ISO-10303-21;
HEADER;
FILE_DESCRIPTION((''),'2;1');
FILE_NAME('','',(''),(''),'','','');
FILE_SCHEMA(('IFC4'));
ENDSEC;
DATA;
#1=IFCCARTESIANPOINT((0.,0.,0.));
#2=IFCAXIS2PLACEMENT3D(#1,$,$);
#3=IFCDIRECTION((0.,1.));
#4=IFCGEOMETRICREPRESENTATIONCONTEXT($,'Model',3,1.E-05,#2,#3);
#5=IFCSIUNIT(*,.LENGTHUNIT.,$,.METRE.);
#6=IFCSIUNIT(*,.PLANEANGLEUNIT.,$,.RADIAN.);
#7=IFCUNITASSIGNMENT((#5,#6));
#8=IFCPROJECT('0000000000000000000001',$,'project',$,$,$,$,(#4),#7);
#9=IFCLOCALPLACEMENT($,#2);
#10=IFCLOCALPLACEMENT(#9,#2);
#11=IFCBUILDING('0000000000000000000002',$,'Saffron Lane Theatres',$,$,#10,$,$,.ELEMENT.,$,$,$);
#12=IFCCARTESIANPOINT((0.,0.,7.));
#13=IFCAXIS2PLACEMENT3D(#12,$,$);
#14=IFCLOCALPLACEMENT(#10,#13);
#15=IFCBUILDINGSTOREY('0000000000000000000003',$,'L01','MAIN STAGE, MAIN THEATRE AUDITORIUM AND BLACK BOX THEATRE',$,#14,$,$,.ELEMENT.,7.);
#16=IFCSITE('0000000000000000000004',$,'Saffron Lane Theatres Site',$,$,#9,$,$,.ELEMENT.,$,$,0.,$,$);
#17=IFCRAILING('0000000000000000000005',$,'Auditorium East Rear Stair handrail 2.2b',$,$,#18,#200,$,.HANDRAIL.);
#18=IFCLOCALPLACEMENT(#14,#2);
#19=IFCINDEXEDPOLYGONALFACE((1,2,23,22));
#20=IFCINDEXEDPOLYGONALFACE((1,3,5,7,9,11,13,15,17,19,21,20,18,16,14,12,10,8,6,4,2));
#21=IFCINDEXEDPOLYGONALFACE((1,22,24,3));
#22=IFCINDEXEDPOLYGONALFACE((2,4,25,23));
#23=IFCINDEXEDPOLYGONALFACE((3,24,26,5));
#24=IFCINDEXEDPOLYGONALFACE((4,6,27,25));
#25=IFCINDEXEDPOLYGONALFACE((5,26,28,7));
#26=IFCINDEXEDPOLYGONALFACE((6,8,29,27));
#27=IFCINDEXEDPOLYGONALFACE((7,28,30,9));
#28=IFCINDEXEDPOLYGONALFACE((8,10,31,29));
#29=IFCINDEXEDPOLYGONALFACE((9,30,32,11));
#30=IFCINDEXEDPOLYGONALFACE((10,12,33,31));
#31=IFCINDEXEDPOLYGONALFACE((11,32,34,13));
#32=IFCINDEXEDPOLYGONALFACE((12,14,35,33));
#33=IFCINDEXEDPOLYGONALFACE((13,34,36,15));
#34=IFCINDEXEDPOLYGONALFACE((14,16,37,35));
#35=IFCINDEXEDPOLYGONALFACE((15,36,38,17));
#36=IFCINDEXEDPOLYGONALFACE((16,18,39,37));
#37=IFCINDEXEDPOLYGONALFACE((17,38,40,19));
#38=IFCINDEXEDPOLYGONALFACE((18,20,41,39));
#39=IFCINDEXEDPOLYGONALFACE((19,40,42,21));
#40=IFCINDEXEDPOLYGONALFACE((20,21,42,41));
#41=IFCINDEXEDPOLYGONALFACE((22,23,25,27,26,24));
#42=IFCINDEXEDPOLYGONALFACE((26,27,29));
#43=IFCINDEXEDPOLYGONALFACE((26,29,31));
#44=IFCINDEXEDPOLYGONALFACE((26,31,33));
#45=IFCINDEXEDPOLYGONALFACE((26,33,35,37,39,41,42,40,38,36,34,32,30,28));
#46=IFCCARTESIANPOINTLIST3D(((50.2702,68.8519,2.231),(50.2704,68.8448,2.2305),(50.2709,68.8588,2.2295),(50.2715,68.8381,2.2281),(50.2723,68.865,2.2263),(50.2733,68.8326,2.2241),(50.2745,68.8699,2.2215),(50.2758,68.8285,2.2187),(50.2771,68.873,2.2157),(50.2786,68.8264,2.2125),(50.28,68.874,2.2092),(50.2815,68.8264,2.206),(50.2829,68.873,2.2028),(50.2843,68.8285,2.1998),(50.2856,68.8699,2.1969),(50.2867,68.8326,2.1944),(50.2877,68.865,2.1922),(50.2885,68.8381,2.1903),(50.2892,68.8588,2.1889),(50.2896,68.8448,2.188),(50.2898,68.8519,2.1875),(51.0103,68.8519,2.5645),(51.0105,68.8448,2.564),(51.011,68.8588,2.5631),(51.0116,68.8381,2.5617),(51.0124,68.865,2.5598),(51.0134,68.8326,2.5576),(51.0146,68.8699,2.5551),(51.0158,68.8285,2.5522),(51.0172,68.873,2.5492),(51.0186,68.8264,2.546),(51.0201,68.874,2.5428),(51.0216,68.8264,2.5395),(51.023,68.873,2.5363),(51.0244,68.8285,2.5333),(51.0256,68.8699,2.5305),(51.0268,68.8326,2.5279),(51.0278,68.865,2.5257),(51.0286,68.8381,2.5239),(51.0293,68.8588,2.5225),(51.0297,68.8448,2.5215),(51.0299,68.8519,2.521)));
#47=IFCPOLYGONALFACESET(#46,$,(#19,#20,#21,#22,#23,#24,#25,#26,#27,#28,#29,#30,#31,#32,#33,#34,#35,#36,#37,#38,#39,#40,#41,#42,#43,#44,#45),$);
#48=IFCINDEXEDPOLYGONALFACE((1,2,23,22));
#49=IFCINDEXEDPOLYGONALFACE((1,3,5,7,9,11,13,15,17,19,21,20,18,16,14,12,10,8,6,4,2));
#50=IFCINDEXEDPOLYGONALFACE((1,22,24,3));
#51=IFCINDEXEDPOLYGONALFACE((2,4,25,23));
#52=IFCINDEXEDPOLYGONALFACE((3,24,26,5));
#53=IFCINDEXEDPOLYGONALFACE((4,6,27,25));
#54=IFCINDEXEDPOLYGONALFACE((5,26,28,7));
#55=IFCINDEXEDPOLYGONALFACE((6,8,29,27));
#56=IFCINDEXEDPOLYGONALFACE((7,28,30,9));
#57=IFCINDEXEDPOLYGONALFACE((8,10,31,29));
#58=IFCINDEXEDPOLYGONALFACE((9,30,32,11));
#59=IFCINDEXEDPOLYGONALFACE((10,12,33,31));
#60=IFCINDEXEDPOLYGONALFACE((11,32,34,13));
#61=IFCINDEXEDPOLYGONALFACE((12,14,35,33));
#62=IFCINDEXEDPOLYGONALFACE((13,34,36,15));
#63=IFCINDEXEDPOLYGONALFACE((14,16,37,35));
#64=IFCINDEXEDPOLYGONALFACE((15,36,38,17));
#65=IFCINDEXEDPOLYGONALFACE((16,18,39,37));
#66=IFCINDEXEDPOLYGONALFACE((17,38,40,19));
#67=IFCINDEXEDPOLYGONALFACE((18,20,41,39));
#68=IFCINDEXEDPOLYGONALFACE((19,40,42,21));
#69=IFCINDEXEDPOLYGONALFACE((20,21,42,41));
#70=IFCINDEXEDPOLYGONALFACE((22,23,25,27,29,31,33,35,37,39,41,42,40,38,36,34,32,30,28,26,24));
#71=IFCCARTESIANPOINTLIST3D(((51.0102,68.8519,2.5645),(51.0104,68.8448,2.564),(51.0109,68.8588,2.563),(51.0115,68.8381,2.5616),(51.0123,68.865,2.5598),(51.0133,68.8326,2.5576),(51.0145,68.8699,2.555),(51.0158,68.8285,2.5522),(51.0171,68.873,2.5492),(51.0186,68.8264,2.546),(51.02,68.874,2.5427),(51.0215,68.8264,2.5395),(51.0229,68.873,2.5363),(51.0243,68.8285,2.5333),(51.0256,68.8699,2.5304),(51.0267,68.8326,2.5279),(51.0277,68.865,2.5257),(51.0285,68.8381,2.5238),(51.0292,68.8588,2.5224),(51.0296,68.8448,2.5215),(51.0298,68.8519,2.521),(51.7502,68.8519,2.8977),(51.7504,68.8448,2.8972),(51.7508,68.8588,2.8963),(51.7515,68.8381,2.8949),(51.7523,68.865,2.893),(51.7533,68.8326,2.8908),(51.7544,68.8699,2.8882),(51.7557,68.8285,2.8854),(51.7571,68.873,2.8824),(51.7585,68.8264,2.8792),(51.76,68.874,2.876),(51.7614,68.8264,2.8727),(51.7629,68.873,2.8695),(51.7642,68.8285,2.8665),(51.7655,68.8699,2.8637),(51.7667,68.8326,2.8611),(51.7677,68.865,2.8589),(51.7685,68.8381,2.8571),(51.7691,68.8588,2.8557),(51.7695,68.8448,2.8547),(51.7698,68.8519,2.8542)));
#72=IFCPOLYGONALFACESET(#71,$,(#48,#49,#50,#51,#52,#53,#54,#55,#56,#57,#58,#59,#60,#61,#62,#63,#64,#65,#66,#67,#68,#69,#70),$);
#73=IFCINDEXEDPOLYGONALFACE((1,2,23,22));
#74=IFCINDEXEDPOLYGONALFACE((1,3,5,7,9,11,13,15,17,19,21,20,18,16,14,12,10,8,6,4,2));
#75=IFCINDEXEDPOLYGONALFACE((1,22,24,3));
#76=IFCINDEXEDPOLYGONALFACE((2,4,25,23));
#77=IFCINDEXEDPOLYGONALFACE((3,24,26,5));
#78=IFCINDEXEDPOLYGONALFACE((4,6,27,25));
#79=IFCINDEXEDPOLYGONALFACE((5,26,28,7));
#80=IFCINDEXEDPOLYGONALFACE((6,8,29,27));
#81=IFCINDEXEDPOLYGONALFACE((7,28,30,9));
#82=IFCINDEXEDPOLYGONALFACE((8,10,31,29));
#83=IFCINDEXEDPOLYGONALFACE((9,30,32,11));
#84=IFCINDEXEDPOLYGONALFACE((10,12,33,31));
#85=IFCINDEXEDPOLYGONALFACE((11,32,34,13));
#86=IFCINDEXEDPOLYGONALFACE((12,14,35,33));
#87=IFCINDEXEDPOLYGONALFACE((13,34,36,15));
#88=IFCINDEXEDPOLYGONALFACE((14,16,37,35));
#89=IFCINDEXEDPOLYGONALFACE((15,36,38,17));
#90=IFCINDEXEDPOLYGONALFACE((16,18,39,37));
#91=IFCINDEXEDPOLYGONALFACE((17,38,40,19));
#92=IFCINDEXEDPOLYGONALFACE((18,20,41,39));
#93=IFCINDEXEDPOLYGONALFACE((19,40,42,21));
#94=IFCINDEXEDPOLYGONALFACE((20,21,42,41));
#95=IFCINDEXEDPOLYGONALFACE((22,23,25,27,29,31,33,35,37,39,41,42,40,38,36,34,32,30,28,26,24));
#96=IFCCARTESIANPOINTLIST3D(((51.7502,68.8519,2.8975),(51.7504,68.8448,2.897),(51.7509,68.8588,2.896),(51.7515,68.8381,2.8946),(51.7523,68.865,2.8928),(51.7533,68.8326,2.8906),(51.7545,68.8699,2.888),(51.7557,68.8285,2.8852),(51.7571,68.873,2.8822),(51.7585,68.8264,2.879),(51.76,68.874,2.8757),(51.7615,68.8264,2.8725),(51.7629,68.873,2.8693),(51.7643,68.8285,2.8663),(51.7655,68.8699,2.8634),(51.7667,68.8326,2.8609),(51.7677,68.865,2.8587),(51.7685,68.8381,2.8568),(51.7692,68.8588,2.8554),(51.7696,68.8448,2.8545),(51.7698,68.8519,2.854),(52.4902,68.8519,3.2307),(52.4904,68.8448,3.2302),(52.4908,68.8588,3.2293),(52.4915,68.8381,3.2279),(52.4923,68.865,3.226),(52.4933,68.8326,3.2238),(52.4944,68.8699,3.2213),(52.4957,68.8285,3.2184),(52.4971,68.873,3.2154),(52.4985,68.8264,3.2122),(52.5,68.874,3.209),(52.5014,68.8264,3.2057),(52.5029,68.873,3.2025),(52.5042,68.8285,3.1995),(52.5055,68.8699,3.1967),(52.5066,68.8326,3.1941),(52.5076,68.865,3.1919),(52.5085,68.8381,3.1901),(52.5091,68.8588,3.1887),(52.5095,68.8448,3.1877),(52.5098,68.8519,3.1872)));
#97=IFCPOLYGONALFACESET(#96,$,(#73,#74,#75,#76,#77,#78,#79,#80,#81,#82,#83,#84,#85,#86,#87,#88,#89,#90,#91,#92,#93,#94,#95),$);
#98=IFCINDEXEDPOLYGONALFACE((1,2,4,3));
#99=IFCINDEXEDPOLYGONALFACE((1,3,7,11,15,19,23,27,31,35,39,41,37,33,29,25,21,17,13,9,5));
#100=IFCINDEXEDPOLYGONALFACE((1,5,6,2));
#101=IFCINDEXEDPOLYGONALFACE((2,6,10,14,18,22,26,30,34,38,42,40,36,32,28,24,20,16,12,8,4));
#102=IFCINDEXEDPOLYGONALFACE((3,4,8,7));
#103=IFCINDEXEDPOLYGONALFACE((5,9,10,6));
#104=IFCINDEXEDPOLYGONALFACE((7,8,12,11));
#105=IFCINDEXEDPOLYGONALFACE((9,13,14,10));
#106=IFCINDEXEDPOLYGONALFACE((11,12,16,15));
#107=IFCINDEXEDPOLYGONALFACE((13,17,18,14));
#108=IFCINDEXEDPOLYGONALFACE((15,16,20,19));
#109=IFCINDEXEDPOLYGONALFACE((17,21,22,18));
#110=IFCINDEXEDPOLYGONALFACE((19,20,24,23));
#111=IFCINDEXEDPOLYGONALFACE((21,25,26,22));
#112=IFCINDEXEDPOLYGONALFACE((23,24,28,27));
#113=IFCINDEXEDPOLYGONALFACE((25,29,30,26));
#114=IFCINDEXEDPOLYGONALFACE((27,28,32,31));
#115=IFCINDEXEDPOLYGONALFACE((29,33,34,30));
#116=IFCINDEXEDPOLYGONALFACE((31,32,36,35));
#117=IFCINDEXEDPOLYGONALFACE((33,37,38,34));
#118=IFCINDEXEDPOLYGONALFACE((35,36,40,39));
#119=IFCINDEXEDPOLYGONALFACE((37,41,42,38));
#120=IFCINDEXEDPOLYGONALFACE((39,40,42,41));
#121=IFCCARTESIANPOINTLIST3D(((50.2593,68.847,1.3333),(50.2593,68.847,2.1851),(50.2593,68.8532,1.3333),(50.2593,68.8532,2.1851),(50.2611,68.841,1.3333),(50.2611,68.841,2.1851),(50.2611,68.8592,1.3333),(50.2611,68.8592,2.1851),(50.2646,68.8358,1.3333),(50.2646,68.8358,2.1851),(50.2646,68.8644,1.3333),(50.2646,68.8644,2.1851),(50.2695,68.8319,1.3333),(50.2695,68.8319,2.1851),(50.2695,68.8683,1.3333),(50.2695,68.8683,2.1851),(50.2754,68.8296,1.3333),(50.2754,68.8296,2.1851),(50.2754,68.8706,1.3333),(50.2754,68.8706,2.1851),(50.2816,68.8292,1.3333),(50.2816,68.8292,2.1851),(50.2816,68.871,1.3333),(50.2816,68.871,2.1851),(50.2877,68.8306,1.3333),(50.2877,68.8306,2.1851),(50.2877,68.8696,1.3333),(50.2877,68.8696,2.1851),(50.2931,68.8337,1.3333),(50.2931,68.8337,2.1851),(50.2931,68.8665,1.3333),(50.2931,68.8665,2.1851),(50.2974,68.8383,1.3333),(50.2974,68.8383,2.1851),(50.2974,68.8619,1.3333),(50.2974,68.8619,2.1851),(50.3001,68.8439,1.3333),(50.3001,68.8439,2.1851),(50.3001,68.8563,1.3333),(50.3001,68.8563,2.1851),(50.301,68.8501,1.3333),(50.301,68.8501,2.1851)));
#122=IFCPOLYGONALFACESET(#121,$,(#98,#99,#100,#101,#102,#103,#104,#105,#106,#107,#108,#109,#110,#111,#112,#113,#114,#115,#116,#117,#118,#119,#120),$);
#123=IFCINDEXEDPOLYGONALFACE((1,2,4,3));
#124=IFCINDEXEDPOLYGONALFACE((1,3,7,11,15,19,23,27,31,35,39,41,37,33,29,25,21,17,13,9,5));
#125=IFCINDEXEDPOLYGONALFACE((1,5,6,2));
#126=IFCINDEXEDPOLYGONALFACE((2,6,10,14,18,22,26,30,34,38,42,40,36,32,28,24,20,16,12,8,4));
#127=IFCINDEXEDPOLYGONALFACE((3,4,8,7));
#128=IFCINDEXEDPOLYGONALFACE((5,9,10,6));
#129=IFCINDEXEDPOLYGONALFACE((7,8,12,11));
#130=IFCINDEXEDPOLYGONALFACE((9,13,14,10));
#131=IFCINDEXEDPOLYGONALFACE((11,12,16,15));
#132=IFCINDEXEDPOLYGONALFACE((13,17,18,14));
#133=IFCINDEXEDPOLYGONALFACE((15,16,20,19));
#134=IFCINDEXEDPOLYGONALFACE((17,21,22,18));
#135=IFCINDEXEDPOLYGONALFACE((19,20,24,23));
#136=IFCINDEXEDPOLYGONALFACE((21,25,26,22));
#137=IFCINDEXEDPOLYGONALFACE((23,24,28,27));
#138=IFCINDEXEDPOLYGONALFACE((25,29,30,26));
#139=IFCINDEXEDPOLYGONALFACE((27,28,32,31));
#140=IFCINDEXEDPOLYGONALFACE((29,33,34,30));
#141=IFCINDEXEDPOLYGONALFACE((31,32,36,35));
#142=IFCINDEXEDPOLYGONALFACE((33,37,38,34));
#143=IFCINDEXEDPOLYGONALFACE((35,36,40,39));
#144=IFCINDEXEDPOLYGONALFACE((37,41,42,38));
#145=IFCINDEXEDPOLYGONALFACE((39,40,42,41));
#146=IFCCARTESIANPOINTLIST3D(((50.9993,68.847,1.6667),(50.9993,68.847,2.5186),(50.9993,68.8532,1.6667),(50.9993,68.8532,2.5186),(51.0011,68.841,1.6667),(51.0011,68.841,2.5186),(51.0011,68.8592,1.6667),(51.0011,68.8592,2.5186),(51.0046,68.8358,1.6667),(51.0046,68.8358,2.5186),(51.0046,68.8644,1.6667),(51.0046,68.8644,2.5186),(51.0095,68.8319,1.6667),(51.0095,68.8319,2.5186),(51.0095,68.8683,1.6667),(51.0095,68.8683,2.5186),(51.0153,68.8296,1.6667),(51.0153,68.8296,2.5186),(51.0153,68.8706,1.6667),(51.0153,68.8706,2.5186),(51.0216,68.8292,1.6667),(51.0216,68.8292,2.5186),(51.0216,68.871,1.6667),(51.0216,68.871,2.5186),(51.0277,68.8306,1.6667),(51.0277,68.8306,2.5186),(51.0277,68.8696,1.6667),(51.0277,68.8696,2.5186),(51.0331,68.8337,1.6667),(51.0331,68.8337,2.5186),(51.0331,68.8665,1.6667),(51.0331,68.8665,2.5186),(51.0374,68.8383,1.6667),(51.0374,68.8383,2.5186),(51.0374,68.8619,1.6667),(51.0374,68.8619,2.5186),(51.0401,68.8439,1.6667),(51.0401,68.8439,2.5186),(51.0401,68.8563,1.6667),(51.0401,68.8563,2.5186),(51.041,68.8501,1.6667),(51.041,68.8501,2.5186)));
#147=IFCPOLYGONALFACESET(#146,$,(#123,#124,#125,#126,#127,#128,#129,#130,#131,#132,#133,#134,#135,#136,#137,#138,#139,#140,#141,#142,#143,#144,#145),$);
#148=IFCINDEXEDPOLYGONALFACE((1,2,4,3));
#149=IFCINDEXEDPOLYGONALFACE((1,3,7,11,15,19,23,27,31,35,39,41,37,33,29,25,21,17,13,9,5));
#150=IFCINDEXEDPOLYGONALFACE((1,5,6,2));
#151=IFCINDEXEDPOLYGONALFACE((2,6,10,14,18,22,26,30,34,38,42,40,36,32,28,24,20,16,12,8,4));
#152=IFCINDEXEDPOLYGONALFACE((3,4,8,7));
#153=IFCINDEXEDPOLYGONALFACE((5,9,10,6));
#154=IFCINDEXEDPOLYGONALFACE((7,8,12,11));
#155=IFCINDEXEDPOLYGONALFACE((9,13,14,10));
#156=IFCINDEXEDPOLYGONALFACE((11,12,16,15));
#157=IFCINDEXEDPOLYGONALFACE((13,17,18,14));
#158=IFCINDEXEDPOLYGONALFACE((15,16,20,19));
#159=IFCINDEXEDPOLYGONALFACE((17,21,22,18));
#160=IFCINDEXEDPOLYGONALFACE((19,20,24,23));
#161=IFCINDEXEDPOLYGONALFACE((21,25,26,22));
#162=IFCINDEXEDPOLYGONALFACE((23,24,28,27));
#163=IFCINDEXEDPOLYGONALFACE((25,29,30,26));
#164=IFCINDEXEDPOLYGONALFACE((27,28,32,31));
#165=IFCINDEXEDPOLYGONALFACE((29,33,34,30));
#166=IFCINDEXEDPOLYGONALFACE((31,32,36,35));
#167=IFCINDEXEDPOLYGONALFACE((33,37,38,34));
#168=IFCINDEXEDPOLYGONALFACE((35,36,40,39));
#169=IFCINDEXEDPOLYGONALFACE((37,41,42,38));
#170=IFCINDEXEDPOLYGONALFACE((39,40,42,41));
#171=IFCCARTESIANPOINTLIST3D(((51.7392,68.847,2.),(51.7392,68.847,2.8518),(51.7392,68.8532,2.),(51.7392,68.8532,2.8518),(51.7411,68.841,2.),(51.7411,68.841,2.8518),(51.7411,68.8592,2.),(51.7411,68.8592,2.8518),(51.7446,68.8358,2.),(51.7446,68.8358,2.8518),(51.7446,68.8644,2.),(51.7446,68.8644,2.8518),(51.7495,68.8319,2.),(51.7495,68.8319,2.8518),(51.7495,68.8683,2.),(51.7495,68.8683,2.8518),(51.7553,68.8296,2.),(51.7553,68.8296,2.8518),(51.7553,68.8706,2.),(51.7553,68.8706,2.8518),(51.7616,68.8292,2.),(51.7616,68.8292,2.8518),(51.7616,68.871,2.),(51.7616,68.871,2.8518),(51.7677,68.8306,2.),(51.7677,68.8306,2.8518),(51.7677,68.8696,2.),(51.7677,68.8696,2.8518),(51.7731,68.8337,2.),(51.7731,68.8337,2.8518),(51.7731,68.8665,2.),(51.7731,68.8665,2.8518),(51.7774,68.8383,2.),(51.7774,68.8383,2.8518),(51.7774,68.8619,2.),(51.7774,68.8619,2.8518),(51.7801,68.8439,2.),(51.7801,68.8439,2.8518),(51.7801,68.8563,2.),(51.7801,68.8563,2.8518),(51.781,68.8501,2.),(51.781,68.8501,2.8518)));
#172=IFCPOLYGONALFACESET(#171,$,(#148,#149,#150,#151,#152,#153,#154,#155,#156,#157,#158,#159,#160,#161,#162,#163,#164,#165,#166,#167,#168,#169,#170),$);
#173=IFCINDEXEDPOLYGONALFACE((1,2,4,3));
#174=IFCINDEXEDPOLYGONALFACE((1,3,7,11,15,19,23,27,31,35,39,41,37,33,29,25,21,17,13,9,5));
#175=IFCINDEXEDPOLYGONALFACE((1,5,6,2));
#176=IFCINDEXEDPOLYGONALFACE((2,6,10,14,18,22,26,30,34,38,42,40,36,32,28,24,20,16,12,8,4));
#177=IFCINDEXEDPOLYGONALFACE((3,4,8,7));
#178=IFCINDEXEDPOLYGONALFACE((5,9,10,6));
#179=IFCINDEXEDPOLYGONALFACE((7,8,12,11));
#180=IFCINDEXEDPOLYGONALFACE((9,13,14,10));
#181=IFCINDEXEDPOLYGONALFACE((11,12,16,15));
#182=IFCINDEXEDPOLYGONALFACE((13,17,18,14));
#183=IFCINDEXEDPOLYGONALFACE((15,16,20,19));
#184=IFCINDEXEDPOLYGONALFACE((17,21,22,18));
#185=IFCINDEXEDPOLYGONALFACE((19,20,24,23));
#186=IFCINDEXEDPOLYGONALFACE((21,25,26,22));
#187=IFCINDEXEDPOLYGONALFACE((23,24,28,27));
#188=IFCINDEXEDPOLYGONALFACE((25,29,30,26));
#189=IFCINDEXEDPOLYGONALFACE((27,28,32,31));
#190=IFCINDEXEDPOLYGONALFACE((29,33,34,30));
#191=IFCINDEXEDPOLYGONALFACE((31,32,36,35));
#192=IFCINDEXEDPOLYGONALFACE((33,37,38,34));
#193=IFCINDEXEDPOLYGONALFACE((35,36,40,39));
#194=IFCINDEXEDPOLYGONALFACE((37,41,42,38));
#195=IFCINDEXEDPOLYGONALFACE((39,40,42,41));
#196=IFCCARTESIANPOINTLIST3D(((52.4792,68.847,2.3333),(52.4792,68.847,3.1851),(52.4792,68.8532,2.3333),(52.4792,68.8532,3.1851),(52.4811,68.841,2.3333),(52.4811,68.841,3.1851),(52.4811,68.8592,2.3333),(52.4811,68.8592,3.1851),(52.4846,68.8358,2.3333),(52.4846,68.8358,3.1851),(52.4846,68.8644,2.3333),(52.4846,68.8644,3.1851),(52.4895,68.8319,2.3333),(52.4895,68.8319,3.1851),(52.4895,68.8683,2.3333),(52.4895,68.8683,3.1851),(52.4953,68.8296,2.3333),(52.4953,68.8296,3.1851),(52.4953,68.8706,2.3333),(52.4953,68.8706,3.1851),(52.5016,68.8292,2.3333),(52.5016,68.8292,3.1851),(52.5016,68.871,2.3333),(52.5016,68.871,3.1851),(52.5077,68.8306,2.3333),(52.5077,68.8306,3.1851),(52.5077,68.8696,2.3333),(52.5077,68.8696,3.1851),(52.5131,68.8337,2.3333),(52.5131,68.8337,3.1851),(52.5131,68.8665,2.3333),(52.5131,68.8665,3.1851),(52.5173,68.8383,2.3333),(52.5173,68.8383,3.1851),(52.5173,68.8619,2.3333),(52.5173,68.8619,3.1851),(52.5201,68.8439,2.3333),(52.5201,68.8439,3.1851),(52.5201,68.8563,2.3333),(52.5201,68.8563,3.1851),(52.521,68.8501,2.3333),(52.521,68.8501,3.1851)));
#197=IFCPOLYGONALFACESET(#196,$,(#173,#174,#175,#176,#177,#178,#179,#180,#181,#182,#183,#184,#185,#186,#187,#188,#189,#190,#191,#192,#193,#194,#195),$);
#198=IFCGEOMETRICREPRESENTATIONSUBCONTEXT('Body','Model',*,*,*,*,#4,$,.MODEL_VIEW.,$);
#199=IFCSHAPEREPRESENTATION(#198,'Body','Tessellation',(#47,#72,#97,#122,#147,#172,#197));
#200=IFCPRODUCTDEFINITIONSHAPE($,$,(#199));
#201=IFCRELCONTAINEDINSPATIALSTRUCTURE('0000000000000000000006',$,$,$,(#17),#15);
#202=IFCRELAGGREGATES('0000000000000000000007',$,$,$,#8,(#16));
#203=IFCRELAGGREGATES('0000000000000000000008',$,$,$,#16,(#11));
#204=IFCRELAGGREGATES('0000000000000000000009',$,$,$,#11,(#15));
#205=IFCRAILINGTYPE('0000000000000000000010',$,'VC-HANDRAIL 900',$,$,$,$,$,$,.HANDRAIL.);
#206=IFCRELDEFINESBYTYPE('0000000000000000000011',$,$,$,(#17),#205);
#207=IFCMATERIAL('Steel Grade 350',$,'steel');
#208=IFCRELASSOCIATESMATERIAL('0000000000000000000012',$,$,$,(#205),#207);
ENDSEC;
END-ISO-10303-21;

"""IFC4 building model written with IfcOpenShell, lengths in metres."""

from ifc_helpers import new_model, si_unit, direction, frame, origin, origin_2d, place, context, subcontext, project, spatial, circle, extrude, material, type_object, element, save


model = new_model("IFC4")

# Units and contexts
model_context = context("Model", 3, precision=1e-05, world=origin(), true_north=direction((0.0, 1.0)))
body_context = subcontext(model_context, "Body", "Model", "MODEL_VIEW")
ifc_project = project(units=[si_unit("LENGTHUNIT", "METRE"), si_unit("PLANEANGLEUNIT", "RADIAN")], contexts=[model_context])

# Site, building, storey
site_placement = place(None, origin())
site = spatial("IfcSite", under=ifc_project, at=site_placement, Name="Saffron Lane Theatres Site", CompositionType="ELEMENT", RefElevation=0.0)
building_placement = place(site_placement, origin())
building = spatial("IfcBuilding", under=site, at=building_placement, Name="Saffron Lane Theatres", CompositionType="ELEMENT")
storey_placement = place(building_placement, frame((0.0, 0.0, 7.0)))
storey = spatial("IfcBuildingStorey", under=building, at=storey_placement, Name="L01", Description="MAIN STAGE, MAIN THEATRE AUDITORIUM AND BLACK BOX THEATRE", CompositionType="ELEMENT", Elevation=7.0)

# Railing
ifc_material_1 = material(Name="Steel Grade 350", Category="steel")
railing_type_1 = type_object("IfcRailingType", Name="VC-HANDRAIL 900", PredefinedType="HANDRAIL", material=ifc_material_1)
for number, where, name in (
    (1, (50.28, 68.8501, 1.3333), "Auditorium East Rear Stair handrail 2.2b"),
):
    element("IfcRailing", number, at=place(storey_placement, frame(where)), inside=storey, type_object=railing_type_1, Name=name, PredefinedType="HANDRAIL", context=body_context, shape_type="SweptSolid", body=[
        extrude(circle(Radius=0.0239, at=origin_2d()), frame((0.0, 0.0, 0.876), z_axis=(0.911691, 0.0, 0.410877), x_axis=(0.0, 1.0, 0.0)), (0.0, 0.0, 1.0), 0.8118),
        extrude(circle(Radius=0.0239, at=origin_2d()), frame((0.74, 0.0, 1.2095), z_axis=(0.911803, 0.0, 0.410627), x_axis=(0.0, 1.0, 0.0)), (0.0, 0.0, 1.0), 0.8115),
        extrude(circle(Radius=0.0239, at=origin_2d()), frame((1.48, 0.0, 1.5425), z_axis=(0.911803, 0.0, 0.410627), x_axis=(0.0, 1.0, 0.0)), (0.0, 0.0, 1.0), 0.8115),
        extrude(circle(Radius=0.021, at=origin_2d()), origin(), (0.0, 0.0, 1.0), 0.8518),
        extrude(circle(Radius=0.021, at=origin_2d()), frame((0.74, 0.0, 0.3335)), (0.0, 0.0, 1.0), 0.8518),
        extrude(circle(Radius=0.021, at=origin_2d()), frame((1.48, 0.0, 0.6667)), (0.0, 0.0, 1.0), 0.8518),
        extrude(circle(Radius=0.021, at=origin_2d()), frame((2.22, 0.0, 1.0)), (0.0, 0.0, 1.0), 0.8518),
    ])

save(model, "model.ifc")
